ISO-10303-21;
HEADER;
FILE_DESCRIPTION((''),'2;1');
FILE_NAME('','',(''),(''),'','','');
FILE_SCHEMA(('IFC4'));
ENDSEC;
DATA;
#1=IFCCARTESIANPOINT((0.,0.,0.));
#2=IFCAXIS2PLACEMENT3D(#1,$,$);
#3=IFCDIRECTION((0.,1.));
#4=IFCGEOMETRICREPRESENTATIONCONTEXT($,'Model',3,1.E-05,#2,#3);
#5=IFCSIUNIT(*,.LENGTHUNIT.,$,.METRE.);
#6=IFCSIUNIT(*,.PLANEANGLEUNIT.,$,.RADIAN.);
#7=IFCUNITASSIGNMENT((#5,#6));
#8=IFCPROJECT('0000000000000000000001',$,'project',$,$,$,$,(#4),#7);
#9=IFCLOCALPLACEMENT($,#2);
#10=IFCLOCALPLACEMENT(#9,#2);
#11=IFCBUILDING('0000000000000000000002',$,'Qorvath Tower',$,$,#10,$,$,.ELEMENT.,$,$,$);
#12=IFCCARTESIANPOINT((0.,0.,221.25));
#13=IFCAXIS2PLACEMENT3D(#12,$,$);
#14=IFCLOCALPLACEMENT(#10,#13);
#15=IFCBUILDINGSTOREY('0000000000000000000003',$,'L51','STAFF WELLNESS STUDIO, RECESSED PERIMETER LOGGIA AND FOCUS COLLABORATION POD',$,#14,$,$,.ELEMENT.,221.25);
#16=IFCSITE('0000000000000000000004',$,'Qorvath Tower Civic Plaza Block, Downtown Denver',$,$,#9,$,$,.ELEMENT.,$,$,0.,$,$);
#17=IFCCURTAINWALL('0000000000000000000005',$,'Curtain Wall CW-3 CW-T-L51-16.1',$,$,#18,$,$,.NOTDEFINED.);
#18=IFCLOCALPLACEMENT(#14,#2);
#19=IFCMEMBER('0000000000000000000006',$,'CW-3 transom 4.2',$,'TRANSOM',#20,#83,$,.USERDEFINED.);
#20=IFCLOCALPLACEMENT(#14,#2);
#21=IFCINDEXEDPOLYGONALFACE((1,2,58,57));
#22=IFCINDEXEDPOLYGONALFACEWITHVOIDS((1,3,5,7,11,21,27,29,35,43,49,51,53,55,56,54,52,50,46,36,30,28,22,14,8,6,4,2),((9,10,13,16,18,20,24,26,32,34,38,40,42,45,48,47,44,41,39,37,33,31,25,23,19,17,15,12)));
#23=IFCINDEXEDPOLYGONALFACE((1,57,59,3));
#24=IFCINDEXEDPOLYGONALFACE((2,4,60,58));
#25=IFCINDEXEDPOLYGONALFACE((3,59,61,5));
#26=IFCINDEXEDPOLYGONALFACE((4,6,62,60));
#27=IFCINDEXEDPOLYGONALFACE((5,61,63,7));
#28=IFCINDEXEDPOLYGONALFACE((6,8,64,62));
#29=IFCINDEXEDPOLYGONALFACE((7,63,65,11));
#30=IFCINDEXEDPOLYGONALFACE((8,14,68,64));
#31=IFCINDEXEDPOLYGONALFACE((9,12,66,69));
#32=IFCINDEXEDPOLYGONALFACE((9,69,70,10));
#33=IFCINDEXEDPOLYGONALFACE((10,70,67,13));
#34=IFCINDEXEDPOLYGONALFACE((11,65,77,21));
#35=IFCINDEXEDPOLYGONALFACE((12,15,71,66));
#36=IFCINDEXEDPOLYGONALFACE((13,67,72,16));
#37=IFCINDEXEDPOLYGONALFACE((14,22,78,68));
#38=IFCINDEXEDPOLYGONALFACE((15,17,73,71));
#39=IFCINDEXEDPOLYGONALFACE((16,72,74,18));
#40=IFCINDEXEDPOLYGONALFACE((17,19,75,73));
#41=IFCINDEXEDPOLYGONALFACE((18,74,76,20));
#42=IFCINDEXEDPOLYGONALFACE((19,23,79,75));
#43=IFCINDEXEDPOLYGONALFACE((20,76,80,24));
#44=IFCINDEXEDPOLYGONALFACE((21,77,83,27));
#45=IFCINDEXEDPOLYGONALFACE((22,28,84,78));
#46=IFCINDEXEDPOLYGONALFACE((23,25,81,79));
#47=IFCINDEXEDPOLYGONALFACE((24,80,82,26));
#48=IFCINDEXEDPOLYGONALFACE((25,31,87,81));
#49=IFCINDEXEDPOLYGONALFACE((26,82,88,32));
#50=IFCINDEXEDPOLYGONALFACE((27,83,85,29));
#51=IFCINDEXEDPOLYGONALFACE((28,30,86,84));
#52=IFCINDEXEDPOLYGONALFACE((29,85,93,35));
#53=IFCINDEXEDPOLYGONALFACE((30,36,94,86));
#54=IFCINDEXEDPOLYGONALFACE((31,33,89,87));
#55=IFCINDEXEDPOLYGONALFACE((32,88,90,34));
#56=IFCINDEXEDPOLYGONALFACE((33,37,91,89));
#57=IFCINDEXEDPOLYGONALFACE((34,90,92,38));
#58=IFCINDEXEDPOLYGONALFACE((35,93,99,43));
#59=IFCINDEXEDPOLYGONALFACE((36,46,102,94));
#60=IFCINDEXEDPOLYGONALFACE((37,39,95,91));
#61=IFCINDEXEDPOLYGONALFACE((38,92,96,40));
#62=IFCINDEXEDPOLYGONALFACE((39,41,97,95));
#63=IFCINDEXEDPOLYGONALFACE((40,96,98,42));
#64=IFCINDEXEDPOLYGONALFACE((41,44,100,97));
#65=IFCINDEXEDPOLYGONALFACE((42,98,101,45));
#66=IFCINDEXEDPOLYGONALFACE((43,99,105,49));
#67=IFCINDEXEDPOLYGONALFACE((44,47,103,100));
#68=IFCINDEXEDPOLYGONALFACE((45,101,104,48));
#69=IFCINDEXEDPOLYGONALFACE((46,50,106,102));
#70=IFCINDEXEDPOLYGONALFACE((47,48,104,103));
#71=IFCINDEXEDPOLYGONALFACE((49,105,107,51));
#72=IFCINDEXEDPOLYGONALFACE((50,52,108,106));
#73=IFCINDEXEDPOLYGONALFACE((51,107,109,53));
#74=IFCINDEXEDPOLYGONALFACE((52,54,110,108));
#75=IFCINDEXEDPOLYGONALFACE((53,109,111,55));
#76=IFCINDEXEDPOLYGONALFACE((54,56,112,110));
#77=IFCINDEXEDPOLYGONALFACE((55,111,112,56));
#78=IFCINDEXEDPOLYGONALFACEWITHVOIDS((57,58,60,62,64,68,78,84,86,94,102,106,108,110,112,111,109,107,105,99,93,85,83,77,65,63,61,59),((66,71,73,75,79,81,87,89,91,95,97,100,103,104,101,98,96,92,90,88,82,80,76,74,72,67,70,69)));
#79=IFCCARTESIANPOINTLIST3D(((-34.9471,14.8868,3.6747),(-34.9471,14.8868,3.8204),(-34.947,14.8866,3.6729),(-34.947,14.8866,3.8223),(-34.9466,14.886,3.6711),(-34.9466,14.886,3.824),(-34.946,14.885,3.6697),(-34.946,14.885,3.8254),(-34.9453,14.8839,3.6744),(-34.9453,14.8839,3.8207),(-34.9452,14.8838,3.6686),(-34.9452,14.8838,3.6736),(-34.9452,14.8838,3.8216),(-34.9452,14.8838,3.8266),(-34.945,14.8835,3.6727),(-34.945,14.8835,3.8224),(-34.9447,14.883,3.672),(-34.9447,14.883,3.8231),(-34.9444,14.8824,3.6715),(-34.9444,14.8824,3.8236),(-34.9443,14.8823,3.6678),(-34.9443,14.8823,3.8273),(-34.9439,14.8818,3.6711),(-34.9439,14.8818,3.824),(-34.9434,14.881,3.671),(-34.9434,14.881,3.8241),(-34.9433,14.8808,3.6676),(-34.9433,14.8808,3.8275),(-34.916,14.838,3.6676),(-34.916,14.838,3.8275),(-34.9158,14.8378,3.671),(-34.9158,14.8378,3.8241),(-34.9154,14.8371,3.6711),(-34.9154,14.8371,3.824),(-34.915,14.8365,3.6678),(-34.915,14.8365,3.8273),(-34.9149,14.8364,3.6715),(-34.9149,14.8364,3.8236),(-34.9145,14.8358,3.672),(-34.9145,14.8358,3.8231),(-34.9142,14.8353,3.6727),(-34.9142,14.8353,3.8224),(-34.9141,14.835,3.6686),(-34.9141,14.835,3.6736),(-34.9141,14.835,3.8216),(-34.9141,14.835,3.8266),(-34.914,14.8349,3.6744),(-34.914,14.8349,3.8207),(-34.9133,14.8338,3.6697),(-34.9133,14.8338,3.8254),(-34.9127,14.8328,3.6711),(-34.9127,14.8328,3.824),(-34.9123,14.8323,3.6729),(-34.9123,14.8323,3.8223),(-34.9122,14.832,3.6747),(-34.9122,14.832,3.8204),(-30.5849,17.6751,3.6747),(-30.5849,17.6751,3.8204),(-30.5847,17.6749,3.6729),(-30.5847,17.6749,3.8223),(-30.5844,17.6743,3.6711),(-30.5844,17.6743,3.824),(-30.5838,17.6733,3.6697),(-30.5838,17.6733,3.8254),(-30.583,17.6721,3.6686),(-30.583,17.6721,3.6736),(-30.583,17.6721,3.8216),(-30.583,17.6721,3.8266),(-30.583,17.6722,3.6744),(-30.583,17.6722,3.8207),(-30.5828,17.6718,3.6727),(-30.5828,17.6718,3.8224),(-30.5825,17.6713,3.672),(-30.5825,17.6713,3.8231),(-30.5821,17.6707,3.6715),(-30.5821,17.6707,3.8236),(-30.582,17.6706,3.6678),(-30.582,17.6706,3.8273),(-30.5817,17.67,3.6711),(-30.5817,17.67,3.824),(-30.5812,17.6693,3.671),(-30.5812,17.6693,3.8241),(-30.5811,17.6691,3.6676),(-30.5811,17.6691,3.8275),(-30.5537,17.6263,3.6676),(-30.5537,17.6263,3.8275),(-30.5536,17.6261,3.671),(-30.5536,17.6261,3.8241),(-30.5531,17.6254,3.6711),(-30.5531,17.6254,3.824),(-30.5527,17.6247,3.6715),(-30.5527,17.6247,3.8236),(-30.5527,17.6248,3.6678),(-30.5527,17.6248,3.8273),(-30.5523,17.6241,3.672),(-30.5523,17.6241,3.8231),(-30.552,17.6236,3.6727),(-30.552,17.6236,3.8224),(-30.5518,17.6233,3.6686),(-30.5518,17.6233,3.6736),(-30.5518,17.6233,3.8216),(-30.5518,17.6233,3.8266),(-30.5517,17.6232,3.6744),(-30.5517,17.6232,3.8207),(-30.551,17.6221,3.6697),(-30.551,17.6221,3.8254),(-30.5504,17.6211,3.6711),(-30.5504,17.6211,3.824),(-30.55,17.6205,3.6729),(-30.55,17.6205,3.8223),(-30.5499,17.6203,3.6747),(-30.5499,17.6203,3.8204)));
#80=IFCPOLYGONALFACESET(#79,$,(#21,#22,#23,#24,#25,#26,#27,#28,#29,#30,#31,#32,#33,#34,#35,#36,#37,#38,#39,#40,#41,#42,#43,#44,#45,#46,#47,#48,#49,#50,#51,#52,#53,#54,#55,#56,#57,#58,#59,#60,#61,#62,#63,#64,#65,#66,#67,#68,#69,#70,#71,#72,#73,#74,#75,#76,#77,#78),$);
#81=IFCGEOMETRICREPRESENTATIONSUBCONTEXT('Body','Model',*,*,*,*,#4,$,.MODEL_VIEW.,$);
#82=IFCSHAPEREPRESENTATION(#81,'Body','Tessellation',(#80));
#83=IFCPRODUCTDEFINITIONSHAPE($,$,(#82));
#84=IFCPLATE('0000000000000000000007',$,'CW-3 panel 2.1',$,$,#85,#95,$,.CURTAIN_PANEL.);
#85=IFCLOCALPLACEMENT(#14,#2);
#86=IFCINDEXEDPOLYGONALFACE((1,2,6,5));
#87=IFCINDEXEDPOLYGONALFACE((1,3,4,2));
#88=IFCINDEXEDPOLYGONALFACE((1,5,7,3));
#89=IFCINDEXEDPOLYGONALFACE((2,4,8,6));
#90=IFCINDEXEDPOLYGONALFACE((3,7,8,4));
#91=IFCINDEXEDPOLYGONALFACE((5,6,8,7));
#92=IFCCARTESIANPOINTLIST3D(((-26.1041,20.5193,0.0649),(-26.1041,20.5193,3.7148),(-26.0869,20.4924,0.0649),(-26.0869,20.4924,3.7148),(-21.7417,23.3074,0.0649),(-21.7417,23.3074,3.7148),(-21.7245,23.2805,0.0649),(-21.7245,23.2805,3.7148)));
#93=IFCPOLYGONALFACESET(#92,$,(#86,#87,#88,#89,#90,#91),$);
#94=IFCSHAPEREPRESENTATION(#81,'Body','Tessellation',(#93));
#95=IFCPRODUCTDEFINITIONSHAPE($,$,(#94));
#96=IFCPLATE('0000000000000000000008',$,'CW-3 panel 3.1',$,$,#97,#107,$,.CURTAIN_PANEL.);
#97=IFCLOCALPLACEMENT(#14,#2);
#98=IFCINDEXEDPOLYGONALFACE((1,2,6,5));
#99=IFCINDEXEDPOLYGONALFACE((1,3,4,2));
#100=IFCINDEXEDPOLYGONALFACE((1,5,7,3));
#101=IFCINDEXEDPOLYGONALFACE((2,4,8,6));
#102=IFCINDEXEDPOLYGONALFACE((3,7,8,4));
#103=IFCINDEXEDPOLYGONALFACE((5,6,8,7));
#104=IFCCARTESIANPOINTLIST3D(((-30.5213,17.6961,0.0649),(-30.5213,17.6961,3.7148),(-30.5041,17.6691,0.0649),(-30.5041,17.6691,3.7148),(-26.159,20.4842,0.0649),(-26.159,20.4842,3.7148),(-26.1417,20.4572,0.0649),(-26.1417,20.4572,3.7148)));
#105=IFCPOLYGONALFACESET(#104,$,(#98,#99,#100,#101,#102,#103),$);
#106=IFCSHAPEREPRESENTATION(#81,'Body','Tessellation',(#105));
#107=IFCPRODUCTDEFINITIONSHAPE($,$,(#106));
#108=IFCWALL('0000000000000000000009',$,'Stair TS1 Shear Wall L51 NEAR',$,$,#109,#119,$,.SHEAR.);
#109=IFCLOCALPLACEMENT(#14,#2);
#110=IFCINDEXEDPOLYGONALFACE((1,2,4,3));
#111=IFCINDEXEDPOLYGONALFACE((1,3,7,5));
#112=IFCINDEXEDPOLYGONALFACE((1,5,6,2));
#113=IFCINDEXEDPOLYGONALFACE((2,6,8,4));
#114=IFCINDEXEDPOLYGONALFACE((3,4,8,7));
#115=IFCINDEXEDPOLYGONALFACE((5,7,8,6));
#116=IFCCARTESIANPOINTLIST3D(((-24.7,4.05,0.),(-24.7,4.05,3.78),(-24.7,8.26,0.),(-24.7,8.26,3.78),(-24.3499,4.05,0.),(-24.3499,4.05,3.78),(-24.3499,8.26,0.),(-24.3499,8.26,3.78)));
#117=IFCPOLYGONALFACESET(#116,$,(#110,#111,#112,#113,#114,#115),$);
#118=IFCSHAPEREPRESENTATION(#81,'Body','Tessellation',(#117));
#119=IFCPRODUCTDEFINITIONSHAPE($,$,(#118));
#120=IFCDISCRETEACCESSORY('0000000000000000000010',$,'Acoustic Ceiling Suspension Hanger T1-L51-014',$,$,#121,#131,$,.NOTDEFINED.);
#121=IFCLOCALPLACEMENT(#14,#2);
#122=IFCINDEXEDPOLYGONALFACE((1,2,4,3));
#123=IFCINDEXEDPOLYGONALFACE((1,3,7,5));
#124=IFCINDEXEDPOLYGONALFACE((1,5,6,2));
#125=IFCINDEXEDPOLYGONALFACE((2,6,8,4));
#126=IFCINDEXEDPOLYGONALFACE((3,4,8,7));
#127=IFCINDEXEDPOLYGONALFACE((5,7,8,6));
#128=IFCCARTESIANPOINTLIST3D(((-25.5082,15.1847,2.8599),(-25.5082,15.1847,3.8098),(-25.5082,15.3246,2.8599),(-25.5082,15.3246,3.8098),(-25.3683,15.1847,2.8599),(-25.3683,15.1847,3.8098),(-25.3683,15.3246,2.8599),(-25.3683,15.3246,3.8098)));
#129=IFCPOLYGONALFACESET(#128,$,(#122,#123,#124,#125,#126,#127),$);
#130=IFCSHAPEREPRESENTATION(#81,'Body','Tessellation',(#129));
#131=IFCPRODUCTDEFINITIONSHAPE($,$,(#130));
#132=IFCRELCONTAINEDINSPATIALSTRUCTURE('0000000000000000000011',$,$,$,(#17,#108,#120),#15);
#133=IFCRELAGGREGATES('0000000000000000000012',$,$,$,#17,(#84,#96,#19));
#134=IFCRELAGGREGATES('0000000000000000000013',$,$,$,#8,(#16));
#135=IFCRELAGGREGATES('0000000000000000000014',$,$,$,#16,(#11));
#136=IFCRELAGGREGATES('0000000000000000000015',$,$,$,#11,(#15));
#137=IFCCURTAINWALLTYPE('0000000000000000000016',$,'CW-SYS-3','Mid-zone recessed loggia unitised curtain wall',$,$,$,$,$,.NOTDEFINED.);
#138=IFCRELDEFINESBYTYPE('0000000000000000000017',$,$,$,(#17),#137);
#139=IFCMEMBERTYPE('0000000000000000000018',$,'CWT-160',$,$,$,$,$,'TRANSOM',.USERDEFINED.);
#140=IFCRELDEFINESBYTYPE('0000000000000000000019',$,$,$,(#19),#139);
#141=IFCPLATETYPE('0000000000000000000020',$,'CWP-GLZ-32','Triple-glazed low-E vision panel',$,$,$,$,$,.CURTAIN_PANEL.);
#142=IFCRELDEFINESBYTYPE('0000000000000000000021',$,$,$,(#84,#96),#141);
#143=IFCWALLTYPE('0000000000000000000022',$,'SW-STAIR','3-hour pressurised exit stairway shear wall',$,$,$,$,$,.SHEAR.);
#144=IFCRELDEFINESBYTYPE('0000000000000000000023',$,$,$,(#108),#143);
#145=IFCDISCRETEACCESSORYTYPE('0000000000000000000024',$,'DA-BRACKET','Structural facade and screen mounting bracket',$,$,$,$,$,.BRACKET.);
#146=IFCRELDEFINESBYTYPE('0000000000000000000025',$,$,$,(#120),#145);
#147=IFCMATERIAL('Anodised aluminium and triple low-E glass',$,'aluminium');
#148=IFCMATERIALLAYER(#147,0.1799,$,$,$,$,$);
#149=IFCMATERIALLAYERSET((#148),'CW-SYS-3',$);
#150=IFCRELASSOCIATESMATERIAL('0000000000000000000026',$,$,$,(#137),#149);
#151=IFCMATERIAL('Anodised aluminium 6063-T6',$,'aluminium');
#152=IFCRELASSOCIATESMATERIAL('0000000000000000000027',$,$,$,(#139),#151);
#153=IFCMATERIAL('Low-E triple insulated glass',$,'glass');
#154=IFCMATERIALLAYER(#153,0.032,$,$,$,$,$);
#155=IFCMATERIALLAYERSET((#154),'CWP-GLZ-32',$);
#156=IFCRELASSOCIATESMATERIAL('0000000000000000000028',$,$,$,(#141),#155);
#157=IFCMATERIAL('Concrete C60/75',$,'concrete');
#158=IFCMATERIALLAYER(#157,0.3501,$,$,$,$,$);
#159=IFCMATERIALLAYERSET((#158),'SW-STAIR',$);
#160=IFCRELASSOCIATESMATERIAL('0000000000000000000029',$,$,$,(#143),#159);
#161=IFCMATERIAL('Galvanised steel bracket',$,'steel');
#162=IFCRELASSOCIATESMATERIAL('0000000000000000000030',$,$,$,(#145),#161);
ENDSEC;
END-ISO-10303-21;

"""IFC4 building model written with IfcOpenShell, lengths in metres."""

from ifc_helpers import new_model, si_unit, direction, frame, frame_2d, origin, origin_2d, place, context, subcontext, project, spatial, rectangle, hollow_rectangle, extrude, material, layer, layer_set, material_profile, profile_set, type_object, element, aggregate, save


model = new_model("IFC4")

# Units and contexts
model_context = context("Model", 3, precision=1e-05, world=origin(), true_north=direction((0.0, 1.0)))
body_context = subcontext(model_context, "Body", "Model", "MODEL_VIEW")
ifc_project = project(units=[si_unit("LENGTHUNIT", "METRE"), si_unit("PLANEANGLEUNIT", "RADIAN")], contexts=[model_context])

# Site, building, storey
site_placement = place(None, origin())
site = spatial("IfcSite", under=ifc_project, at=site_placement, Name="Qorvath Tower Civic Plaza Block, Downtown Denver", CompositionType="ELEMENT", RefElevation=0.0)
building_placement = place(site_placement, origin())
building = spatial("IfcBuilding", under=site, at=building_placement, Name="Qorvath Tower", CompositionType="ELEMENT")
storey_placement = place(building_placement, frame((0.0, 0.0, 221.25)))
storey = spatial("IfcBuildingStorey", under=building, at=storey_placement, Name="L51", Description="STAFF WELLNESS STUDIO, RECESSED PERIMETER LOGGIA AND FOCUS COLLABORATION POD", CompositionType="ELEMENT", Elevation=221.25)

# Curtain wall, member, plates
ifc_material_1 = material(Name="Anodised aluminium and triple low-E glass", Category="aluminium")
ifc_layer_1 = layer(ifc_material_1, 0.1799)
ifc_layer_set_1 = layer_set([ifc_layer_1], Name="CW-SYS-3")
curtain_wall_type = type_object("IfcCurtainWallType", Name="CW-SYS-3", Description="Mid-zone recessed loggia unitised curtain wall", PredefinedType="NOTDEFINED", material=ifc_layer_set_1)
curtain_wall_placement = place(storey_placement, origin())
curtain_wall = element("IfcCurtainWall", 1, at=curtain_wall_placement, inside=storey, type_object=curtain_wall_type, Name="Curtain Wall CW-3 CW-T-L51-16.1", PredefinedType="NOTDEFINED")
ifc_material_2 = material(Name="Anodised aluminium 6063-T6", Category="aluminium")
ifc_material_profile_1 = material_profile(ifc_material_2, hollow_rectangle(XDim=0.0649, YDim=0.1599, WallThickness=0.0034, InnerFilletRadius=0.0034, OuterFilletRadius=0.0071, at=origin_2d()), Name="CWT 160x65")
ifc_profile_set_1 = profile_set([ifc_material_profile_1], Name="Anodised aluminium 6063-T6")
member_type_1 = type_object("IfcMemberType", Name="CWT-160", ElementType="TRANSOM", PredefinedType="USERDEFINED", material=ifc_profile_set_1)
member_1_placement = place(storey_placement, frame((-30.5674, 17.6477, 3.7476), z_axis=(-0.842582, -0.538568, 0.0), x_axis=(0.538568, -0.842582, 0.0)))
member_1 = element("IfcMember", 2, at=member_1_placement, type_object=member_type_1, Name="CW-3 transom 4.2", ObjectType="TRANSOM", PredefinedType="USERDEFINED", context=body_context, shape_type="SweptSolid", body=[
    extrude(hollow_rectangle(XDim=0.0649, YDim=0.1599, WallThickness=0.0034, InnerFilletRadius=0.0034, OuterFilletRadius=0.0071, at=origin_2d()), origin(), (0.0, 0.0, 1.0), 5.1772),
])
ifc_material_3 = material(Name="Low-E triple insulated glass", Category="glass")
ifc_layer_2 = layer(ifc_material_3, 0.032)
ifc_layer_set_2 = layer_set([ifc_layer_2], Name="CWP-GLZ-32")
plate_type = type_object("IfcPlateType", Name="CWP-GLZ-32", Description="Triple-glazed low-E vision panel", PredefinedType="CURTAIN_PANEL", material=ifc_layer_set_2)
plate_1_placement = place(storey_placement, frame((-23.9143, 21.8999, 0.0649), z_axis=(0.0, 0.0, 1.0), x_axis=(-0.842603, -0.538535, 0.0)))
plate_1 = element("IfcPlate", 3, at=plate_1_placement, type_object=plate_type, Name="CW-3 panel 2.1", PredefinedType="CURTAIN_PANEL", context=body_context, shape_type="SweptSolid", body=[
    extrude(rectangle(XDim=5.1772, YDim=0.032, at=origin_2d()), origin(), (0.0, 0.0, 1.0), 3.6499),
])
plate_2_placement = place(storey_placement, frame((-28.3315, 19.0767, 0.0649), z_axis=(0.0, 0.0, 1.0), x_axis=(-0.842603, -0.538535, 0.0)))
plate_2 = element("IfcPlate", 4, at=plate_2_placement, type_object=plate_type, Name="CW-3 panel 3.1", PredefinedType="CURTAIN_PANEL", context=body_context, shape_type="SweptSolid", body=[
    extrude(rectangle(XDim=5.1772, YDim=0.032, at=origin_2d()), origin(), (0.0, 0.0, 1.0), 3.6499),
])
aggregate(curtain_wall, [plate_1, plate_2, member_1])

# Wall
ifc_material_4 = material(Name="Concrete C60/75", Category="concrete")
ifc_layer_3 = layer(ifc_material_4, 0.3501)
ifc_layer_set_3 = layer_set([ifc_layer_3], Name="SW-STAIR")
wall_type_1 = type_object("IfcWallType", Name="SW-STAIR", Description="3-hour pressurised exit stairway shear wall", PredefinedType="SHEAR", material=ifc_layer_set_3)
wall_1_placement = place(storey_placement, frame((-24.5249, 8.26, 0.0), z_axis=(0.0, 0.0, 1.0), x_axis=(0.0, -1.0, 0.0)))
element("IfcWall", 5, at=wall_1_placement, inside=storey, type_object=wall_type_1, Name="Stair TS1 Shear Wall L51 NEAR", PredefinedType="SHEAR", context=body_context, shape_type="SweptSolid", body=[
    extrude(rectangle(XDim=4.21, YDim=0.3501, at=frame_2d((2.105, 0.0))), origin(), (0.0, 0.0, 1.0), 3.78),
])

# Discrete accessory
ifc_material_5 = material(Name="Galvanised steel bracket", Category="steel")
discrete_accessory_type = type_object("IfcDiscreteAccessoryType", Name="DA-BRACKET", Description="Structural facade and screen mounting bracket", PredefinedType="BRACKET", material=ifc_material_5)
discrete_accessory_placement = place(storey_placement, frame((-25.4382, 15.2546, 2.8599), z_axis=(0.0, 0.0, 1.0), x_axis=(1.0, 0.0, 0.0)))
element("IfcDiscreteAccessory", 6, at=discrete_accessory_placement, inside=storey, type_object=discrete_accessory_type, Name="Acoustic Ceiling Suspension Hanger T1-L51-014", PredefinedType="NOTDEFINED", context=body_context, shape_type="SweptSolid", body=[
    extrude(rectangle(XDim=0.1399, YDim=0.1399, at=origin_2d()), origin(), (0.0, 0.0, 1.0), 0.95),
])

save(model, "model.ifc")
